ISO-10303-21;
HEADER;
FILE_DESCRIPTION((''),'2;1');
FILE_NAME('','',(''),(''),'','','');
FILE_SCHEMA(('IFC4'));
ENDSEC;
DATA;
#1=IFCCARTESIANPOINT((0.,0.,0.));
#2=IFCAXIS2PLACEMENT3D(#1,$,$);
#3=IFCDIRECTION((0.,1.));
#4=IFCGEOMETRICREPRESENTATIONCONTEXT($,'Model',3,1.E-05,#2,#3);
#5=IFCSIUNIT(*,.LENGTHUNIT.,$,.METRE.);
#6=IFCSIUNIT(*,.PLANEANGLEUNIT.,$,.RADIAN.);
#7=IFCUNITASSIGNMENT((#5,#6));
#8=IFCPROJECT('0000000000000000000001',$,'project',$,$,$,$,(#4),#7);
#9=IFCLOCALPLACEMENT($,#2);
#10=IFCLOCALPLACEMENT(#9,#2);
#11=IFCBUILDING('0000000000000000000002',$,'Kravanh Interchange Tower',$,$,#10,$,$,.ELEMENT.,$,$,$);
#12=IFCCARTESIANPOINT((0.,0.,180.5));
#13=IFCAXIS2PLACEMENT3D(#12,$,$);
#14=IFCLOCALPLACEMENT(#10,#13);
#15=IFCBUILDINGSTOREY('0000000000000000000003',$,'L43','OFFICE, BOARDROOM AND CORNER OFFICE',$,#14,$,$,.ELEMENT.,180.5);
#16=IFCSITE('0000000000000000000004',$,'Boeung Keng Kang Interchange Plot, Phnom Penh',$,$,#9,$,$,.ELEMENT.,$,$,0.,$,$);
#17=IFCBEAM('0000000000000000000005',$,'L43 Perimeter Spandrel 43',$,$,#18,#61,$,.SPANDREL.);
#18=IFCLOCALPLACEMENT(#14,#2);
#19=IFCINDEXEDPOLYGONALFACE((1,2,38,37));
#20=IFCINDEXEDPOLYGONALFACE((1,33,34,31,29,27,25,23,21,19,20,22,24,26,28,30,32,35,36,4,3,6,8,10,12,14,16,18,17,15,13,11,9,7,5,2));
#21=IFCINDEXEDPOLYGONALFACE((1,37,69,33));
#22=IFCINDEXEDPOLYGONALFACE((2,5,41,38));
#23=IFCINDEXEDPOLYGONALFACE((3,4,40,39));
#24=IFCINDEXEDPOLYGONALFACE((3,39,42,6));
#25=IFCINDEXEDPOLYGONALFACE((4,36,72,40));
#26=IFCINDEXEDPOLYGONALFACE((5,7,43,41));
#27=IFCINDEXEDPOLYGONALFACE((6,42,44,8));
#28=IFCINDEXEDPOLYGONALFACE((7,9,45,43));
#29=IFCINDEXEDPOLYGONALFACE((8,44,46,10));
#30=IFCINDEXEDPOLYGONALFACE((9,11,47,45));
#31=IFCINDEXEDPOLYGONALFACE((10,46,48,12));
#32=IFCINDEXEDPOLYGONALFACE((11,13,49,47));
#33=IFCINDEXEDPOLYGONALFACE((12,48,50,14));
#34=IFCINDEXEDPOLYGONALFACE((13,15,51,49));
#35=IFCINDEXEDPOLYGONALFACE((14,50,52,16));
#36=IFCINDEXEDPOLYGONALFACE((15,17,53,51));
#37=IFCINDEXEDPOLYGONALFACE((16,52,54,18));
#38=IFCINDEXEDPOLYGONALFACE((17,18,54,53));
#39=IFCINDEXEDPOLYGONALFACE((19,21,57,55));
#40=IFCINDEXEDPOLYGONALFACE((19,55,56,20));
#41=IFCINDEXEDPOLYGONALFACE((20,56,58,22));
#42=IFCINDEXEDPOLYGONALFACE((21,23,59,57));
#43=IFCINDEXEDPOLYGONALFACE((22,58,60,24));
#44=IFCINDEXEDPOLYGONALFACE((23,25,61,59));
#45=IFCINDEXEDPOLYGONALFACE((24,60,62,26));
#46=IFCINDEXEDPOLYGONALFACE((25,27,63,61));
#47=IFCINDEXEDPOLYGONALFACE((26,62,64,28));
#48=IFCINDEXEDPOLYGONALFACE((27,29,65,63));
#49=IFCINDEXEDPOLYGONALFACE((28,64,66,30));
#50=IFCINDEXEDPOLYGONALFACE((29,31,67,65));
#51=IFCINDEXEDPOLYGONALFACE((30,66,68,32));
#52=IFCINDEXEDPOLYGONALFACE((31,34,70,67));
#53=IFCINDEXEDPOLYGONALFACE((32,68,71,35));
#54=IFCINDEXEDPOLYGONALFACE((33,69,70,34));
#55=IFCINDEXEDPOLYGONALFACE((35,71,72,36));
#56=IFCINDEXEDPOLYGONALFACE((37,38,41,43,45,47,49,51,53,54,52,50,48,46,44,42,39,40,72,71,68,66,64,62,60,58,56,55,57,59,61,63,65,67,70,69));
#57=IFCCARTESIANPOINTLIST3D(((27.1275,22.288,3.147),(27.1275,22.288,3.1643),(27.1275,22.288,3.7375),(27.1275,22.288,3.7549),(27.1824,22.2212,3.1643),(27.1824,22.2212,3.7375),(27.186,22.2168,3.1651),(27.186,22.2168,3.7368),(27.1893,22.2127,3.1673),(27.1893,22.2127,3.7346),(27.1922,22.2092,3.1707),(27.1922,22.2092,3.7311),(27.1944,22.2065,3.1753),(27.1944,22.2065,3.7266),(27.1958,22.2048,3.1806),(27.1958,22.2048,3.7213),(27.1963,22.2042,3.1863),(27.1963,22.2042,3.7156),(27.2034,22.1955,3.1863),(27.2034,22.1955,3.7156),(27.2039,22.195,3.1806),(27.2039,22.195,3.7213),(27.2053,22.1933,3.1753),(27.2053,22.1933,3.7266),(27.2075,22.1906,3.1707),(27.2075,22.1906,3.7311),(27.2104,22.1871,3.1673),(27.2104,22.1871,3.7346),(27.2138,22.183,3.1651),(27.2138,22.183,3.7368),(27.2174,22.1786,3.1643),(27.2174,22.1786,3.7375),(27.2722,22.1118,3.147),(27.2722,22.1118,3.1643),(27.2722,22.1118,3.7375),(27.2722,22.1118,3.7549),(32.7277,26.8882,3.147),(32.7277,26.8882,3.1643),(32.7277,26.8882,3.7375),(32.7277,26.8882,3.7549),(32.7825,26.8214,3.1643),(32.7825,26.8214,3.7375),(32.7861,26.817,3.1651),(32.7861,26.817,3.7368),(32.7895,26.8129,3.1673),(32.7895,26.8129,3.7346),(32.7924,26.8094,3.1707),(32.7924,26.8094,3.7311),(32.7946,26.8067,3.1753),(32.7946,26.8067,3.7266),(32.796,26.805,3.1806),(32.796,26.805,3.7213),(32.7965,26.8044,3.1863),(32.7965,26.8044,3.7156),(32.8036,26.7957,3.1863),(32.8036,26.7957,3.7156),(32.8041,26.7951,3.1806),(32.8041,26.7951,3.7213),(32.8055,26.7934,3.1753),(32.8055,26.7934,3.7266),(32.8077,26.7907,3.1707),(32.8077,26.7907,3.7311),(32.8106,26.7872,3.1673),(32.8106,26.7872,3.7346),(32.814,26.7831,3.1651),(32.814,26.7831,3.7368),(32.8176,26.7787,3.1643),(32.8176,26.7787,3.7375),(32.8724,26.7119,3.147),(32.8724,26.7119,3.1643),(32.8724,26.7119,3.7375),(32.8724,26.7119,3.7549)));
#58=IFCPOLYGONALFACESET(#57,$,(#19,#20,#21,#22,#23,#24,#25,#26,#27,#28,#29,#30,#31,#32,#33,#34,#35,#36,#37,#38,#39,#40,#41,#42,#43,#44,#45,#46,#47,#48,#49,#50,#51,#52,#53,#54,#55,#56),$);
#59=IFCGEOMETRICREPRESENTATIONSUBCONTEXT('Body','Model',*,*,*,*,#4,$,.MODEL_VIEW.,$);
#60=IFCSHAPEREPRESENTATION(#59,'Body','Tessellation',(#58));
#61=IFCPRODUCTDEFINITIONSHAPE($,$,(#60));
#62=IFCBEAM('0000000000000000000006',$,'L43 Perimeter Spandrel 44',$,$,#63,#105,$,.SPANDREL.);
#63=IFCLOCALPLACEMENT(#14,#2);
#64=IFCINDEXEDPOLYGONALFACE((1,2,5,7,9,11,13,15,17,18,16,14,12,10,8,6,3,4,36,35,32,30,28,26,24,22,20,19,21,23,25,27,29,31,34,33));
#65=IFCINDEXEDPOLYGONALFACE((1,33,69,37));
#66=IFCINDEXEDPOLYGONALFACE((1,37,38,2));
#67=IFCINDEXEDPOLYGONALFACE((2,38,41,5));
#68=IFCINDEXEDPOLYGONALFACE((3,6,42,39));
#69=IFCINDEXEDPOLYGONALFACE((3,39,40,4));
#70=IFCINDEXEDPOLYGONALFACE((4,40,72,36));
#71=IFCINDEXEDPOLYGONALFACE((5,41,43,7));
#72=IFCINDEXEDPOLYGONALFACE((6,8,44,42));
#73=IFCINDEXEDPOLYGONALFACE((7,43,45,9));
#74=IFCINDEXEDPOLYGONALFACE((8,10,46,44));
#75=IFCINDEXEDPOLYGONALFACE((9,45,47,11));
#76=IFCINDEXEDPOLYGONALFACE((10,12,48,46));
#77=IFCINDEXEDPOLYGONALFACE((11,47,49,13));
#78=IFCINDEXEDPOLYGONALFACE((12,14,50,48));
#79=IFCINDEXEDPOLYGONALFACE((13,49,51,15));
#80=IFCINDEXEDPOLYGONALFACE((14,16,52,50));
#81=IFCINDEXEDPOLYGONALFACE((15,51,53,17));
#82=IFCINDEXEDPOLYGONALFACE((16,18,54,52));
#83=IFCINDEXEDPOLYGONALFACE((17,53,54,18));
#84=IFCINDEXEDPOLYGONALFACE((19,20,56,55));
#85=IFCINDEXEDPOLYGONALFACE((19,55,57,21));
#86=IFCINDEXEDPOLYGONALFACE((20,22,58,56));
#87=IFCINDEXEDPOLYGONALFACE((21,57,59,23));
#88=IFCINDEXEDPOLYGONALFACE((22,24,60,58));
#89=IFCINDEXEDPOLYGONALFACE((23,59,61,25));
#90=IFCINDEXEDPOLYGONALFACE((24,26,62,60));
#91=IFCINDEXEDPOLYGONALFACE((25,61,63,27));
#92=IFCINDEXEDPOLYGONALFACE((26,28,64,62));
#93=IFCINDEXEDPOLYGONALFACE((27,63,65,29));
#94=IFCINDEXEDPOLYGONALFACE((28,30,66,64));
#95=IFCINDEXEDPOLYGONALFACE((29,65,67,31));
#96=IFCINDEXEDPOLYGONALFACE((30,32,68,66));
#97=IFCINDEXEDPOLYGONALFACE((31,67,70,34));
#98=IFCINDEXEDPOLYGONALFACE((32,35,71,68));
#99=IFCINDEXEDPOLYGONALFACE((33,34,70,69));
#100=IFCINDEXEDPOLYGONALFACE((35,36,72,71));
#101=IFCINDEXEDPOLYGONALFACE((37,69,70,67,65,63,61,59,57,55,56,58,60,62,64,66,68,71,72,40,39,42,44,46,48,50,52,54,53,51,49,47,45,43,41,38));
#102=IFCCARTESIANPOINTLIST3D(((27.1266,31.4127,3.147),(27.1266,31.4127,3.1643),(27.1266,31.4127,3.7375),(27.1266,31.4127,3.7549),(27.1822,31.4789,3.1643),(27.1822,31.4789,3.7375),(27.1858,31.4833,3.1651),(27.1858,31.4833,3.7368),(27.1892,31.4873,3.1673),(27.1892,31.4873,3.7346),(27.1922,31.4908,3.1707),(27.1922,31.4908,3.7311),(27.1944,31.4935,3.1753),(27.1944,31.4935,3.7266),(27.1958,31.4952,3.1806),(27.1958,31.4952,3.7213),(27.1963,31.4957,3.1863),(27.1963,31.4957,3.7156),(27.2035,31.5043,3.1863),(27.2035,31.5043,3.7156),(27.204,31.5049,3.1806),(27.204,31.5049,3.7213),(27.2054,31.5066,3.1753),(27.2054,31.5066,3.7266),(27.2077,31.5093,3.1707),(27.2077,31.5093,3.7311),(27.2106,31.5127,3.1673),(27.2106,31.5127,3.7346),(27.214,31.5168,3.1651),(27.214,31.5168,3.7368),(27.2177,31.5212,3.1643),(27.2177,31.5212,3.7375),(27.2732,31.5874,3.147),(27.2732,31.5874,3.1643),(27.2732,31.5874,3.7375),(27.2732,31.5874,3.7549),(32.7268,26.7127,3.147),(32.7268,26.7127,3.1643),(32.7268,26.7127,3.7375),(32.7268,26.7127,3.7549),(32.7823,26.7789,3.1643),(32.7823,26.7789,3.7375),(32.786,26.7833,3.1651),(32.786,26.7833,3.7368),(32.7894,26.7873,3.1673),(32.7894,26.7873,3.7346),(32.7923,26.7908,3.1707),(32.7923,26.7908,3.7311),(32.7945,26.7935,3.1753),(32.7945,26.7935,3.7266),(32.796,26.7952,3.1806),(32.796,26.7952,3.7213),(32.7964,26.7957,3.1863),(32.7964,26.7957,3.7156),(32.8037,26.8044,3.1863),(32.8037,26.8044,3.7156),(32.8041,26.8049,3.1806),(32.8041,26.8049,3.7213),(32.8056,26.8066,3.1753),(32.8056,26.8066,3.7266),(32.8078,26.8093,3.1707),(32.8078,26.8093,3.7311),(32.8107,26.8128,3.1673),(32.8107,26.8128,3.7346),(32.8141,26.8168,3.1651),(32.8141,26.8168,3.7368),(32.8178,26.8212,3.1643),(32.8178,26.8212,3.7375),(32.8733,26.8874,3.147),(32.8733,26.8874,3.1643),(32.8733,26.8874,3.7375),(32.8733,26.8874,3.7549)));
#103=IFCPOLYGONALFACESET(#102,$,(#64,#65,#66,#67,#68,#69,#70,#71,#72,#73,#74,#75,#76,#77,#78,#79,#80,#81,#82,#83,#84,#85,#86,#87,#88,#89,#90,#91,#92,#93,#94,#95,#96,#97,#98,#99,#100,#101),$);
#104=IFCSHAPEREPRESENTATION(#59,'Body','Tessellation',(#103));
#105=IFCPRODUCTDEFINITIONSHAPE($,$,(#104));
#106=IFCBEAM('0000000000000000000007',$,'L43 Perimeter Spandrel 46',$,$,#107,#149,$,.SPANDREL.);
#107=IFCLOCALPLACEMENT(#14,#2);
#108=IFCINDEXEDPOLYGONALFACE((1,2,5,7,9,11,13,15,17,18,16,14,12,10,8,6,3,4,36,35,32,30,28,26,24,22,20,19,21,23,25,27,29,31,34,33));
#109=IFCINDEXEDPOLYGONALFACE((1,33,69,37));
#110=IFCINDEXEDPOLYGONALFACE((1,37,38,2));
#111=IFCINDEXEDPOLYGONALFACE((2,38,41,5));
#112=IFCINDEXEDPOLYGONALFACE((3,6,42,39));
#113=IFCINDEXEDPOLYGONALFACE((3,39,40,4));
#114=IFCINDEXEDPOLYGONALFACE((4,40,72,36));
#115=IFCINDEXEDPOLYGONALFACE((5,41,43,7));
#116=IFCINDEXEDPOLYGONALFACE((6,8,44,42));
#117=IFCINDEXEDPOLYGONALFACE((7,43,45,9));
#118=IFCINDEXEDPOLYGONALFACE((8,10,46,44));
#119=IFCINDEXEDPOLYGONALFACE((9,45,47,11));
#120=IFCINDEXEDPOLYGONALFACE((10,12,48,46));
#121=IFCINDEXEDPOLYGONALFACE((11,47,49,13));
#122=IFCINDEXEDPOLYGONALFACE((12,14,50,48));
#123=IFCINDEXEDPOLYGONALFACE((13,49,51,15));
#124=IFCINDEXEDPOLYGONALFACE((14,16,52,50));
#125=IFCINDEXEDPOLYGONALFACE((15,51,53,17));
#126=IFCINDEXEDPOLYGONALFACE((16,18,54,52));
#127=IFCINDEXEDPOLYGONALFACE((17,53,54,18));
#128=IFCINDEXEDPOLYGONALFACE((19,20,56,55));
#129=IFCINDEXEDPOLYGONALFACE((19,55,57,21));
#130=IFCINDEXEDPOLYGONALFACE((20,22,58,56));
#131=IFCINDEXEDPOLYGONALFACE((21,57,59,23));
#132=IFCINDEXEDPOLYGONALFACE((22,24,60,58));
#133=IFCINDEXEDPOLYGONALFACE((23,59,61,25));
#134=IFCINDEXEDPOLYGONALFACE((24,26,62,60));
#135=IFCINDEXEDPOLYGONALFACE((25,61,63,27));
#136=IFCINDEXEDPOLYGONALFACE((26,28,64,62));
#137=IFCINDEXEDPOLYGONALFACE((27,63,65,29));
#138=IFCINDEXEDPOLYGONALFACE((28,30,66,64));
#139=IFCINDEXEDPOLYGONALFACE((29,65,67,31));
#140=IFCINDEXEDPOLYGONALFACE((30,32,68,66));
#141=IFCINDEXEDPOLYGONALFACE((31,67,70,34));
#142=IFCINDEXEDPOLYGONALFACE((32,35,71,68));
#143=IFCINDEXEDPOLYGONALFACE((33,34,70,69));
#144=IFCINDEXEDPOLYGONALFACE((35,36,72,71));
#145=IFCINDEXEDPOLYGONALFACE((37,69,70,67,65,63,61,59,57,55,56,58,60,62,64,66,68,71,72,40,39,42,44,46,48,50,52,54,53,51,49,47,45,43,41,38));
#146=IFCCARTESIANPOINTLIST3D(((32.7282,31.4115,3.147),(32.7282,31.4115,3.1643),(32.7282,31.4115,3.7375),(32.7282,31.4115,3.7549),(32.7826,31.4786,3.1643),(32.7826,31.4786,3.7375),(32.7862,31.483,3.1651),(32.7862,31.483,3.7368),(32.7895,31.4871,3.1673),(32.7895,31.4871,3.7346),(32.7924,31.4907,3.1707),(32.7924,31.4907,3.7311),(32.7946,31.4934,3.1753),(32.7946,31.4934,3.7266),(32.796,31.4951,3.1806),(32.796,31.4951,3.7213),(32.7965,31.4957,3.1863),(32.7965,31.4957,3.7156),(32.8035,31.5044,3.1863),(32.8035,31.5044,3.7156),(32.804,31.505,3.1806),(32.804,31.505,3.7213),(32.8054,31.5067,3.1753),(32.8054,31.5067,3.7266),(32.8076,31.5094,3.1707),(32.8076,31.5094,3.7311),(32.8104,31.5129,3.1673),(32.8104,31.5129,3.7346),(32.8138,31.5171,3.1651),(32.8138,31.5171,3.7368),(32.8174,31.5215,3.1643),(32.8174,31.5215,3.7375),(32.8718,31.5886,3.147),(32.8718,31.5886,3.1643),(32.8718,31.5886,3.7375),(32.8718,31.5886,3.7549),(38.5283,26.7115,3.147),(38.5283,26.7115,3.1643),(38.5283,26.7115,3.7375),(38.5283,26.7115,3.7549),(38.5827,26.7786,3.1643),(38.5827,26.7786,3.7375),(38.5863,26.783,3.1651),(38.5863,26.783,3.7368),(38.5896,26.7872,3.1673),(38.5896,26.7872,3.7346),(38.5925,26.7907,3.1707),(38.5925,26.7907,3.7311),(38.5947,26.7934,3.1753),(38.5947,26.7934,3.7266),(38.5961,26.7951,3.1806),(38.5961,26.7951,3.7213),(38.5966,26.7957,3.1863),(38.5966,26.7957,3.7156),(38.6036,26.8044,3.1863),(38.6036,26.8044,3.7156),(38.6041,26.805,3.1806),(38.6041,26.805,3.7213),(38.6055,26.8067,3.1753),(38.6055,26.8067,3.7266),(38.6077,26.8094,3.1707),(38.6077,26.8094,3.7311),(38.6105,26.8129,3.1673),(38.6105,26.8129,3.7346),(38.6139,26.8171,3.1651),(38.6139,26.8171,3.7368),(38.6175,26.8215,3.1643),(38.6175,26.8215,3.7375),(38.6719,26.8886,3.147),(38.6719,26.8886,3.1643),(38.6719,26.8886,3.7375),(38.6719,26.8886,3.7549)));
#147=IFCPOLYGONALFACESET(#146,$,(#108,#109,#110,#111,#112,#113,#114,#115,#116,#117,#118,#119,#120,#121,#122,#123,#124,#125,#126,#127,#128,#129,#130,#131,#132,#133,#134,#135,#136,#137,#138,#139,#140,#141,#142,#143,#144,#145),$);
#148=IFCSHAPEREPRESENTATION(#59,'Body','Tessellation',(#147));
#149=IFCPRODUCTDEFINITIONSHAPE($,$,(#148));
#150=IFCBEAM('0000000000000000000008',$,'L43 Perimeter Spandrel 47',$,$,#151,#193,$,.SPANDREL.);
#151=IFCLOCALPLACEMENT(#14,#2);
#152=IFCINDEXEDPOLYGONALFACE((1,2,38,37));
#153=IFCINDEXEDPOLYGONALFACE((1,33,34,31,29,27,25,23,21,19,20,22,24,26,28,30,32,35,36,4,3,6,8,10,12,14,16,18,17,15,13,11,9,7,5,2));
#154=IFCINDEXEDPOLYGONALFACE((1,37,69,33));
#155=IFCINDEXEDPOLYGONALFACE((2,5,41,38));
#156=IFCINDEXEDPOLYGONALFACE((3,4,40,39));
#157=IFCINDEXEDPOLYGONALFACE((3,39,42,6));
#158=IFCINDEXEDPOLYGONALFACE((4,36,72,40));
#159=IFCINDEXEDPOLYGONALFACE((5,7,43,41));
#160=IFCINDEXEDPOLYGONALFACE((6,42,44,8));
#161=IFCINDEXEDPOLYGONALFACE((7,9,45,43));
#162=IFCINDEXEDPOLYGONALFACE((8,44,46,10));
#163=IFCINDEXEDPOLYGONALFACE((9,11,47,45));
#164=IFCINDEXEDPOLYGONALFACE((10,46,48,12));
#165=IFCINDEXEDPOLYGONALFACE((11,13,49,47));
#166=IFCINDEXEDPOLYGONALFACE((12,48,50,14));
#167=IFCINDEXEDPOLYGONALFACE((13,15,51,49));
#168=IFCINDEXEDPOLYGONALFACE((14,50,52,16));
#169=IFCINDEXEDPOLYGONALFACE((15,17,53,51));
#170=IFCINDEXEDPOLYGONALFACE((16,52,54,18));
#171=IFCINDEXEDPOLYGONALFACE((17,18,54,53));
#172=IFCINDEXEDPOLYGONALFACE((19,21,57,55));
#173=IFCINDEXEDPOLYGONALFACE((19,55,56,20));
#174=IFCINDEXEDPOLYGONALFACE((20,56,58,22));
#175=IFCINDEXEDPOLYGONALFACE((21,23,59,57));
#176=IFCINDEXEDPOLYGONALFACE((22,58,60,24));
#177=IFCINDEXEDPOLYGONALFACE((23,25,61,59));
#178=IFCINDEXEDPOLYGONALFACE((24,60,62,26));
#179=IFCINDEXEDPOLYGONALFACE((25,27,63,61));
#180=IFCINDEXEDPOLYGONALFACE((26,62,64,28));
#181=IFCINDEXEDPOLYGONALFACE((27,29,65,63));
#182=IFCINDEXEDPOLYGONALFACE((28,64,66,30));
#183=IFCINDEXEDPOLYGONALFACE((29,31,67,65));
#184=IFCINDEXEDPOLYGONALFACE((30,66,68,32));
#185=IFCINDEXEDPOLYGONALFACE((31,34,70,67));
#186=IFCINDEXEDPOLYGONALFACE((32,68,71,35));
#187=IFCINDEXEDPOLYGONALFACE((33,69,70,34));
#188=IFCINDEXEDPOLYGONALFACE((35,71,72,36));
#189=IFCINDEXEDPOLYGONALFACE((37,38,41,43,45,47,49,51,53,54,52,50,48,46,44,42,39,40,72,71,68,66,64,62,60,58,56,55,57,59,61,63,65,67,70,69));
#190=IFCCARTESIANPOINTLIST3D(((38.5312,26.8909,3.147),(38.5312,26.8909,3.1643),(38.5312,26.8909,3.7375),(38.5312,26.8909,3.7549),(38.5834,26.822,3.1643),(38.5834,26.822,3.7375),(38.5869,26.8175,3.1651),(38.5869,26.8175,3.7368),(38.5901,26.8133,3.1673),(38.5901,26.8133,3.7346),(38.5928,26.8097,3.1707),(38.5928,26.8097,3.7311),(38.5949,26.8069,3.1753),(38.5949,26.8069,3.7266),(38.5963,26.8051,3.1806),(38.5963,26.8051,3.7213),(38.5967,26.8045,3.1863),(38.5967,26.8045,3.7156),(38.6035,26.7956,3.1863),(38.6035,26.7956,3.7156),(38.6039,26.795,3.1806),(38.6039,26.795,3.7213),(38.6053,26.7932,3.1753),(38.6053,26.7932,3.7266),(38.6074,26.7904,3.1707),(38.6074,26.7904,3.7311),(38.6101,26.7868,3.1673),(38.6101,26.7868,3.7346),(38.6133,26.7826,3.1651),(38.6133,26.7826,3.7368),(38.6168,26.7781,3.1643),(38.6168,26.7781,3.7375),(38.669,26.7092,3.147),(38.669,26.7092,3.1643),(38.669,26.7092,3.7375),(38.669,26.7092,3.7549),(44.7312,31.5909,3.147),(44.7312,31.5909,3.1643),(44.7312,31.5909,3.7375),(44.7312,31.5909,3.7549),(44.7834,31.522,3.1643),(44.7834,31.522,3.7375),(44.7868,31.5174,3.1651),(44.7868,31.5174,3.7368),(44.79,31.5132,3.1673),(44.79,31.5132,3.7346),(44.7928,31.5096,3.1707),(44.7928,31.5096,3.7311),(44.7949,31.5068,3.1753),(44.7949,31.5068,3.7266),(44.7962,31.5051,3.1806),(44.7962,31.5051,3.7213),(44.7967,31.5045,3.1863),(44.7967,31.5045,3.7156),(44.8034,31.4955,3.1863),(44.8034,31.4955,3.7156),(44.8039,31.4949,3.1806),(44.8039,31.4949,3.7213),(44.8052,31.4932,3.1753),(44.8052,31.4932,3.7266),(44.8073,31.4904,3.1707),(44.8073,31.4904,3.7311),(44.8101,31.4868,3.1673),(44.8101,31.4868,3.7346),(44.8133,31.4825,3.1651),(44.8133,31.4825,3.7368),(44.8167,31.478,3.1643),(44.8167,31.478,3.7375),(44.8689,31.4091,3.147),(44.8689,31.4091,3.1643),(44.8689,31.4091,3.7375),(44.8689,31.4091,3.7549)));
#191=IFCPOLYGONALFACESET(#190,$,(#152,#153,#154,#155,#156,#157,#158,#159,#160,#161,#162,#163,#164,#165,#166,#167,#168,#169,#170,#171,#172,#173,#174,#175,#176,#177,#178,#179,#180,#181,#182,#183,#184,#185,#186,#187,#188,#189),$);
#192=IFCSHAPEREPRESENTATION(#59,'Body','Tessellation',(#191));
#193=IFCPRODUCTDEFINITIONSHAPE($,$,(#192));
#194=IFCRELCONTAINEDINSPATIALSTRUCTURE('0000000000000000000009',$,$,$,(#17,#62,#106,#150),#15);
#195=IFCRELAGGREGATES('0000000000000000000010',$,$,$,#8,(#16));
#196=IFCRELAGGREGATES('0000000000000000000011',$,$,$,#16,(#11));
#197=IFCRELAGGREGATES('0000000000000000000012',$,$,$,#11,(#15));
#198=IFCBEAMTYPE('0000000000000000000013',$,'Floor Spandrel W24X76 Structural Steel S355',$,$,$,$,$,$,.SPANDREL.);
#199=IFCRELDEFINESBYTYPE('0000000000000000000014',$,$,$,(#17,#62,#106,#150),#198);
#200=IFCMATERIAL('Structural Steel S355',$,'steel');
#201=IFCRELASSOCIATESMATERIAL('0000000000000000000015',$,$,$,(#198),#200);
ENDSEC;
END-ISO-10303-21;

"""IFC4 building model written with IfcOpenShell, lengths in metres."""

from ifc_helpers import new_model, si_unit, direction, frame, origin, origin_2d, place, context, subcontext, project, spatial, i_section, extrude, material, material_profile, profile_set, type_object, element, save


model = new_model("IFC4")

# Units and contexts
model_context = context("Model", 3, precision=1e-05, world=origin(), true_north=direction((0.0, 1.0)))
body_context = subcontext(model_context, "Body", "Model", "MODEL_VIEW")
ifc_project = project(units=[si_unit("LENGTHUNIT", "METRE"), si_unit("PLANEANGLEUNIT", "RADIAN")], contexts=[model_context])

# Site, building, storey
site_placement = place(None, origin())
site = spatial("IfcSite", under=ifc_project, at=site_placement, Name="Boeung Keng Kang Interchange Plot, Phnom Penh", CompositionType="ELEMENT", RefElevation=0.0)
building_placement = place(site_placement, origin())
building = spatial("IfcBuilding", under=site, at=building_placement, Name="Kravanh Interchange Tower", CompositionType="ELEMENT")
storey_placement = place(building_placement, frame((0.0, 0.0, 180.5)))
storey = spatial("IfcBuildingStorey", under=building, at=storey_placement, Name="L43", Description="OFFICE, BOARDROOM AND CORNER OFFICE", CompositionType="ELEMENT", Elevation=180.5)

# Beams
ifc_material_1 = material(Name="Structural Steel S355", Category="steel")
ifc_material_profile_1 = material_profile(ifc_material_1, i_section(OverallWidth=0.228, OverallDepth=0.6079, WebThickness=0.0112, FlangeThickness=0.0173, FilletRadius=0.022, at=origin_2d()), Name="W24X76")
ifc_profile_set_1 = profile_set([ifc_material_profile_1], Name="Structural Steel S355")
beam_type_1 = type_object("IfcBeamType", Name="Floor Spandrel W24X76 Structural Steel S355", PredefinedType="SPANDREL", material=ifc_profile_set_1)
beam_1_placement = place(storey_placement, frame((32.8, 26.8, 3.4509), z_axis=(-0.772725, -0.634741, 0.0), x_axis=(0.634741, -0.772725, 0.0)))
element("IfcBeam", 1, at=beam_1_placement, inside=storey, type_object=beam_type_1, Name="L43 Perimeter Spandrel 43", PredefinedType="SPANDREL", context=body_context, shape_type="SweptSolid", body=[
    extrude(i_section(OverallWidth=0.228, OverallDepth=0.6079, WebThickness=0.0112, FlangeThickness=0.0173, FilletRadius=0.022, at=origin_2d()), origin(), (0.0, 0.0, 1.0), 7.2473),
])
beam_2_placement = place(storey_placement, frame((32.8, 26.8, 3.4509), z_axis=(-0.765983, 0.642861, 0.0), x_axis=(-0.642861, -0.765983, 0.0)))
element("IfcBeam", 2, at=beam_2_placement, inside=storey, type_object=beam_type_1, Name="L43 Perimeter Spandrel 44", PredefinedType="SPANDREL", context=body_context, shape_type="SweptSolid", body=[
    extrude(i_section(OverallWidth=0.228, OverallDepth=0.6079, WebThickness=0.0112, FlangeThickness=0.0173, FilletRadius=0.022, at=origin_2d()), origin(), (0.0, 0.0, 1.0), 7.311),
])
beam_3_placement = place(storey_placement, frame((38.6001, 26.8, 3.4509), z_axis=(-0.776939, 0.629576, 0.0), x_axis=(-0.629576, -0.776939, 0.0)))
element("IfcBeam", 3, at=beam_3_placement, inside=storey, type_object=beam_type_1, Name="L43 Perimeter Spandrel 46", PredefinedType="SPANDREL", context=body_context, shape_type="SweptSolid", body=[
    extrude(i_section(OverallWidth=0.228, OverallDepth=0.6079, WebThickness=0.0112, FlangeThickness=0.0173, FilletRadius=0.022, at=origin_2d()), origin(), (0.0, 0.0, 1.0), 7.4653),
])
beam_4_placement = place(storey_placement, frame((38.6001, 26.8, 3.4509), z_axis=(0.796905, 0.604104, 0.0), x_axis=(-0.604104, 0.796905, 0.0)))
element("IfcBeam", 4, at=beam_4_placement, inside=storey, type_object=beam_type_1, Name="L43 Perimeter Spandrel 47", PredefinedType="SPANDREL", context=body_context, shape_type="SweptSolid", body=[
    extrude(i_section(OverallWidth=0.228, OverallDepth=0.6079, WebThickness=0.0112, FlangeThickness=0.0173, FilletRadius=0.022, at=origin_2d()), origin(), (0.0, 0.0, 1.0), 7.78),
])

save(model, "model.ifc")
